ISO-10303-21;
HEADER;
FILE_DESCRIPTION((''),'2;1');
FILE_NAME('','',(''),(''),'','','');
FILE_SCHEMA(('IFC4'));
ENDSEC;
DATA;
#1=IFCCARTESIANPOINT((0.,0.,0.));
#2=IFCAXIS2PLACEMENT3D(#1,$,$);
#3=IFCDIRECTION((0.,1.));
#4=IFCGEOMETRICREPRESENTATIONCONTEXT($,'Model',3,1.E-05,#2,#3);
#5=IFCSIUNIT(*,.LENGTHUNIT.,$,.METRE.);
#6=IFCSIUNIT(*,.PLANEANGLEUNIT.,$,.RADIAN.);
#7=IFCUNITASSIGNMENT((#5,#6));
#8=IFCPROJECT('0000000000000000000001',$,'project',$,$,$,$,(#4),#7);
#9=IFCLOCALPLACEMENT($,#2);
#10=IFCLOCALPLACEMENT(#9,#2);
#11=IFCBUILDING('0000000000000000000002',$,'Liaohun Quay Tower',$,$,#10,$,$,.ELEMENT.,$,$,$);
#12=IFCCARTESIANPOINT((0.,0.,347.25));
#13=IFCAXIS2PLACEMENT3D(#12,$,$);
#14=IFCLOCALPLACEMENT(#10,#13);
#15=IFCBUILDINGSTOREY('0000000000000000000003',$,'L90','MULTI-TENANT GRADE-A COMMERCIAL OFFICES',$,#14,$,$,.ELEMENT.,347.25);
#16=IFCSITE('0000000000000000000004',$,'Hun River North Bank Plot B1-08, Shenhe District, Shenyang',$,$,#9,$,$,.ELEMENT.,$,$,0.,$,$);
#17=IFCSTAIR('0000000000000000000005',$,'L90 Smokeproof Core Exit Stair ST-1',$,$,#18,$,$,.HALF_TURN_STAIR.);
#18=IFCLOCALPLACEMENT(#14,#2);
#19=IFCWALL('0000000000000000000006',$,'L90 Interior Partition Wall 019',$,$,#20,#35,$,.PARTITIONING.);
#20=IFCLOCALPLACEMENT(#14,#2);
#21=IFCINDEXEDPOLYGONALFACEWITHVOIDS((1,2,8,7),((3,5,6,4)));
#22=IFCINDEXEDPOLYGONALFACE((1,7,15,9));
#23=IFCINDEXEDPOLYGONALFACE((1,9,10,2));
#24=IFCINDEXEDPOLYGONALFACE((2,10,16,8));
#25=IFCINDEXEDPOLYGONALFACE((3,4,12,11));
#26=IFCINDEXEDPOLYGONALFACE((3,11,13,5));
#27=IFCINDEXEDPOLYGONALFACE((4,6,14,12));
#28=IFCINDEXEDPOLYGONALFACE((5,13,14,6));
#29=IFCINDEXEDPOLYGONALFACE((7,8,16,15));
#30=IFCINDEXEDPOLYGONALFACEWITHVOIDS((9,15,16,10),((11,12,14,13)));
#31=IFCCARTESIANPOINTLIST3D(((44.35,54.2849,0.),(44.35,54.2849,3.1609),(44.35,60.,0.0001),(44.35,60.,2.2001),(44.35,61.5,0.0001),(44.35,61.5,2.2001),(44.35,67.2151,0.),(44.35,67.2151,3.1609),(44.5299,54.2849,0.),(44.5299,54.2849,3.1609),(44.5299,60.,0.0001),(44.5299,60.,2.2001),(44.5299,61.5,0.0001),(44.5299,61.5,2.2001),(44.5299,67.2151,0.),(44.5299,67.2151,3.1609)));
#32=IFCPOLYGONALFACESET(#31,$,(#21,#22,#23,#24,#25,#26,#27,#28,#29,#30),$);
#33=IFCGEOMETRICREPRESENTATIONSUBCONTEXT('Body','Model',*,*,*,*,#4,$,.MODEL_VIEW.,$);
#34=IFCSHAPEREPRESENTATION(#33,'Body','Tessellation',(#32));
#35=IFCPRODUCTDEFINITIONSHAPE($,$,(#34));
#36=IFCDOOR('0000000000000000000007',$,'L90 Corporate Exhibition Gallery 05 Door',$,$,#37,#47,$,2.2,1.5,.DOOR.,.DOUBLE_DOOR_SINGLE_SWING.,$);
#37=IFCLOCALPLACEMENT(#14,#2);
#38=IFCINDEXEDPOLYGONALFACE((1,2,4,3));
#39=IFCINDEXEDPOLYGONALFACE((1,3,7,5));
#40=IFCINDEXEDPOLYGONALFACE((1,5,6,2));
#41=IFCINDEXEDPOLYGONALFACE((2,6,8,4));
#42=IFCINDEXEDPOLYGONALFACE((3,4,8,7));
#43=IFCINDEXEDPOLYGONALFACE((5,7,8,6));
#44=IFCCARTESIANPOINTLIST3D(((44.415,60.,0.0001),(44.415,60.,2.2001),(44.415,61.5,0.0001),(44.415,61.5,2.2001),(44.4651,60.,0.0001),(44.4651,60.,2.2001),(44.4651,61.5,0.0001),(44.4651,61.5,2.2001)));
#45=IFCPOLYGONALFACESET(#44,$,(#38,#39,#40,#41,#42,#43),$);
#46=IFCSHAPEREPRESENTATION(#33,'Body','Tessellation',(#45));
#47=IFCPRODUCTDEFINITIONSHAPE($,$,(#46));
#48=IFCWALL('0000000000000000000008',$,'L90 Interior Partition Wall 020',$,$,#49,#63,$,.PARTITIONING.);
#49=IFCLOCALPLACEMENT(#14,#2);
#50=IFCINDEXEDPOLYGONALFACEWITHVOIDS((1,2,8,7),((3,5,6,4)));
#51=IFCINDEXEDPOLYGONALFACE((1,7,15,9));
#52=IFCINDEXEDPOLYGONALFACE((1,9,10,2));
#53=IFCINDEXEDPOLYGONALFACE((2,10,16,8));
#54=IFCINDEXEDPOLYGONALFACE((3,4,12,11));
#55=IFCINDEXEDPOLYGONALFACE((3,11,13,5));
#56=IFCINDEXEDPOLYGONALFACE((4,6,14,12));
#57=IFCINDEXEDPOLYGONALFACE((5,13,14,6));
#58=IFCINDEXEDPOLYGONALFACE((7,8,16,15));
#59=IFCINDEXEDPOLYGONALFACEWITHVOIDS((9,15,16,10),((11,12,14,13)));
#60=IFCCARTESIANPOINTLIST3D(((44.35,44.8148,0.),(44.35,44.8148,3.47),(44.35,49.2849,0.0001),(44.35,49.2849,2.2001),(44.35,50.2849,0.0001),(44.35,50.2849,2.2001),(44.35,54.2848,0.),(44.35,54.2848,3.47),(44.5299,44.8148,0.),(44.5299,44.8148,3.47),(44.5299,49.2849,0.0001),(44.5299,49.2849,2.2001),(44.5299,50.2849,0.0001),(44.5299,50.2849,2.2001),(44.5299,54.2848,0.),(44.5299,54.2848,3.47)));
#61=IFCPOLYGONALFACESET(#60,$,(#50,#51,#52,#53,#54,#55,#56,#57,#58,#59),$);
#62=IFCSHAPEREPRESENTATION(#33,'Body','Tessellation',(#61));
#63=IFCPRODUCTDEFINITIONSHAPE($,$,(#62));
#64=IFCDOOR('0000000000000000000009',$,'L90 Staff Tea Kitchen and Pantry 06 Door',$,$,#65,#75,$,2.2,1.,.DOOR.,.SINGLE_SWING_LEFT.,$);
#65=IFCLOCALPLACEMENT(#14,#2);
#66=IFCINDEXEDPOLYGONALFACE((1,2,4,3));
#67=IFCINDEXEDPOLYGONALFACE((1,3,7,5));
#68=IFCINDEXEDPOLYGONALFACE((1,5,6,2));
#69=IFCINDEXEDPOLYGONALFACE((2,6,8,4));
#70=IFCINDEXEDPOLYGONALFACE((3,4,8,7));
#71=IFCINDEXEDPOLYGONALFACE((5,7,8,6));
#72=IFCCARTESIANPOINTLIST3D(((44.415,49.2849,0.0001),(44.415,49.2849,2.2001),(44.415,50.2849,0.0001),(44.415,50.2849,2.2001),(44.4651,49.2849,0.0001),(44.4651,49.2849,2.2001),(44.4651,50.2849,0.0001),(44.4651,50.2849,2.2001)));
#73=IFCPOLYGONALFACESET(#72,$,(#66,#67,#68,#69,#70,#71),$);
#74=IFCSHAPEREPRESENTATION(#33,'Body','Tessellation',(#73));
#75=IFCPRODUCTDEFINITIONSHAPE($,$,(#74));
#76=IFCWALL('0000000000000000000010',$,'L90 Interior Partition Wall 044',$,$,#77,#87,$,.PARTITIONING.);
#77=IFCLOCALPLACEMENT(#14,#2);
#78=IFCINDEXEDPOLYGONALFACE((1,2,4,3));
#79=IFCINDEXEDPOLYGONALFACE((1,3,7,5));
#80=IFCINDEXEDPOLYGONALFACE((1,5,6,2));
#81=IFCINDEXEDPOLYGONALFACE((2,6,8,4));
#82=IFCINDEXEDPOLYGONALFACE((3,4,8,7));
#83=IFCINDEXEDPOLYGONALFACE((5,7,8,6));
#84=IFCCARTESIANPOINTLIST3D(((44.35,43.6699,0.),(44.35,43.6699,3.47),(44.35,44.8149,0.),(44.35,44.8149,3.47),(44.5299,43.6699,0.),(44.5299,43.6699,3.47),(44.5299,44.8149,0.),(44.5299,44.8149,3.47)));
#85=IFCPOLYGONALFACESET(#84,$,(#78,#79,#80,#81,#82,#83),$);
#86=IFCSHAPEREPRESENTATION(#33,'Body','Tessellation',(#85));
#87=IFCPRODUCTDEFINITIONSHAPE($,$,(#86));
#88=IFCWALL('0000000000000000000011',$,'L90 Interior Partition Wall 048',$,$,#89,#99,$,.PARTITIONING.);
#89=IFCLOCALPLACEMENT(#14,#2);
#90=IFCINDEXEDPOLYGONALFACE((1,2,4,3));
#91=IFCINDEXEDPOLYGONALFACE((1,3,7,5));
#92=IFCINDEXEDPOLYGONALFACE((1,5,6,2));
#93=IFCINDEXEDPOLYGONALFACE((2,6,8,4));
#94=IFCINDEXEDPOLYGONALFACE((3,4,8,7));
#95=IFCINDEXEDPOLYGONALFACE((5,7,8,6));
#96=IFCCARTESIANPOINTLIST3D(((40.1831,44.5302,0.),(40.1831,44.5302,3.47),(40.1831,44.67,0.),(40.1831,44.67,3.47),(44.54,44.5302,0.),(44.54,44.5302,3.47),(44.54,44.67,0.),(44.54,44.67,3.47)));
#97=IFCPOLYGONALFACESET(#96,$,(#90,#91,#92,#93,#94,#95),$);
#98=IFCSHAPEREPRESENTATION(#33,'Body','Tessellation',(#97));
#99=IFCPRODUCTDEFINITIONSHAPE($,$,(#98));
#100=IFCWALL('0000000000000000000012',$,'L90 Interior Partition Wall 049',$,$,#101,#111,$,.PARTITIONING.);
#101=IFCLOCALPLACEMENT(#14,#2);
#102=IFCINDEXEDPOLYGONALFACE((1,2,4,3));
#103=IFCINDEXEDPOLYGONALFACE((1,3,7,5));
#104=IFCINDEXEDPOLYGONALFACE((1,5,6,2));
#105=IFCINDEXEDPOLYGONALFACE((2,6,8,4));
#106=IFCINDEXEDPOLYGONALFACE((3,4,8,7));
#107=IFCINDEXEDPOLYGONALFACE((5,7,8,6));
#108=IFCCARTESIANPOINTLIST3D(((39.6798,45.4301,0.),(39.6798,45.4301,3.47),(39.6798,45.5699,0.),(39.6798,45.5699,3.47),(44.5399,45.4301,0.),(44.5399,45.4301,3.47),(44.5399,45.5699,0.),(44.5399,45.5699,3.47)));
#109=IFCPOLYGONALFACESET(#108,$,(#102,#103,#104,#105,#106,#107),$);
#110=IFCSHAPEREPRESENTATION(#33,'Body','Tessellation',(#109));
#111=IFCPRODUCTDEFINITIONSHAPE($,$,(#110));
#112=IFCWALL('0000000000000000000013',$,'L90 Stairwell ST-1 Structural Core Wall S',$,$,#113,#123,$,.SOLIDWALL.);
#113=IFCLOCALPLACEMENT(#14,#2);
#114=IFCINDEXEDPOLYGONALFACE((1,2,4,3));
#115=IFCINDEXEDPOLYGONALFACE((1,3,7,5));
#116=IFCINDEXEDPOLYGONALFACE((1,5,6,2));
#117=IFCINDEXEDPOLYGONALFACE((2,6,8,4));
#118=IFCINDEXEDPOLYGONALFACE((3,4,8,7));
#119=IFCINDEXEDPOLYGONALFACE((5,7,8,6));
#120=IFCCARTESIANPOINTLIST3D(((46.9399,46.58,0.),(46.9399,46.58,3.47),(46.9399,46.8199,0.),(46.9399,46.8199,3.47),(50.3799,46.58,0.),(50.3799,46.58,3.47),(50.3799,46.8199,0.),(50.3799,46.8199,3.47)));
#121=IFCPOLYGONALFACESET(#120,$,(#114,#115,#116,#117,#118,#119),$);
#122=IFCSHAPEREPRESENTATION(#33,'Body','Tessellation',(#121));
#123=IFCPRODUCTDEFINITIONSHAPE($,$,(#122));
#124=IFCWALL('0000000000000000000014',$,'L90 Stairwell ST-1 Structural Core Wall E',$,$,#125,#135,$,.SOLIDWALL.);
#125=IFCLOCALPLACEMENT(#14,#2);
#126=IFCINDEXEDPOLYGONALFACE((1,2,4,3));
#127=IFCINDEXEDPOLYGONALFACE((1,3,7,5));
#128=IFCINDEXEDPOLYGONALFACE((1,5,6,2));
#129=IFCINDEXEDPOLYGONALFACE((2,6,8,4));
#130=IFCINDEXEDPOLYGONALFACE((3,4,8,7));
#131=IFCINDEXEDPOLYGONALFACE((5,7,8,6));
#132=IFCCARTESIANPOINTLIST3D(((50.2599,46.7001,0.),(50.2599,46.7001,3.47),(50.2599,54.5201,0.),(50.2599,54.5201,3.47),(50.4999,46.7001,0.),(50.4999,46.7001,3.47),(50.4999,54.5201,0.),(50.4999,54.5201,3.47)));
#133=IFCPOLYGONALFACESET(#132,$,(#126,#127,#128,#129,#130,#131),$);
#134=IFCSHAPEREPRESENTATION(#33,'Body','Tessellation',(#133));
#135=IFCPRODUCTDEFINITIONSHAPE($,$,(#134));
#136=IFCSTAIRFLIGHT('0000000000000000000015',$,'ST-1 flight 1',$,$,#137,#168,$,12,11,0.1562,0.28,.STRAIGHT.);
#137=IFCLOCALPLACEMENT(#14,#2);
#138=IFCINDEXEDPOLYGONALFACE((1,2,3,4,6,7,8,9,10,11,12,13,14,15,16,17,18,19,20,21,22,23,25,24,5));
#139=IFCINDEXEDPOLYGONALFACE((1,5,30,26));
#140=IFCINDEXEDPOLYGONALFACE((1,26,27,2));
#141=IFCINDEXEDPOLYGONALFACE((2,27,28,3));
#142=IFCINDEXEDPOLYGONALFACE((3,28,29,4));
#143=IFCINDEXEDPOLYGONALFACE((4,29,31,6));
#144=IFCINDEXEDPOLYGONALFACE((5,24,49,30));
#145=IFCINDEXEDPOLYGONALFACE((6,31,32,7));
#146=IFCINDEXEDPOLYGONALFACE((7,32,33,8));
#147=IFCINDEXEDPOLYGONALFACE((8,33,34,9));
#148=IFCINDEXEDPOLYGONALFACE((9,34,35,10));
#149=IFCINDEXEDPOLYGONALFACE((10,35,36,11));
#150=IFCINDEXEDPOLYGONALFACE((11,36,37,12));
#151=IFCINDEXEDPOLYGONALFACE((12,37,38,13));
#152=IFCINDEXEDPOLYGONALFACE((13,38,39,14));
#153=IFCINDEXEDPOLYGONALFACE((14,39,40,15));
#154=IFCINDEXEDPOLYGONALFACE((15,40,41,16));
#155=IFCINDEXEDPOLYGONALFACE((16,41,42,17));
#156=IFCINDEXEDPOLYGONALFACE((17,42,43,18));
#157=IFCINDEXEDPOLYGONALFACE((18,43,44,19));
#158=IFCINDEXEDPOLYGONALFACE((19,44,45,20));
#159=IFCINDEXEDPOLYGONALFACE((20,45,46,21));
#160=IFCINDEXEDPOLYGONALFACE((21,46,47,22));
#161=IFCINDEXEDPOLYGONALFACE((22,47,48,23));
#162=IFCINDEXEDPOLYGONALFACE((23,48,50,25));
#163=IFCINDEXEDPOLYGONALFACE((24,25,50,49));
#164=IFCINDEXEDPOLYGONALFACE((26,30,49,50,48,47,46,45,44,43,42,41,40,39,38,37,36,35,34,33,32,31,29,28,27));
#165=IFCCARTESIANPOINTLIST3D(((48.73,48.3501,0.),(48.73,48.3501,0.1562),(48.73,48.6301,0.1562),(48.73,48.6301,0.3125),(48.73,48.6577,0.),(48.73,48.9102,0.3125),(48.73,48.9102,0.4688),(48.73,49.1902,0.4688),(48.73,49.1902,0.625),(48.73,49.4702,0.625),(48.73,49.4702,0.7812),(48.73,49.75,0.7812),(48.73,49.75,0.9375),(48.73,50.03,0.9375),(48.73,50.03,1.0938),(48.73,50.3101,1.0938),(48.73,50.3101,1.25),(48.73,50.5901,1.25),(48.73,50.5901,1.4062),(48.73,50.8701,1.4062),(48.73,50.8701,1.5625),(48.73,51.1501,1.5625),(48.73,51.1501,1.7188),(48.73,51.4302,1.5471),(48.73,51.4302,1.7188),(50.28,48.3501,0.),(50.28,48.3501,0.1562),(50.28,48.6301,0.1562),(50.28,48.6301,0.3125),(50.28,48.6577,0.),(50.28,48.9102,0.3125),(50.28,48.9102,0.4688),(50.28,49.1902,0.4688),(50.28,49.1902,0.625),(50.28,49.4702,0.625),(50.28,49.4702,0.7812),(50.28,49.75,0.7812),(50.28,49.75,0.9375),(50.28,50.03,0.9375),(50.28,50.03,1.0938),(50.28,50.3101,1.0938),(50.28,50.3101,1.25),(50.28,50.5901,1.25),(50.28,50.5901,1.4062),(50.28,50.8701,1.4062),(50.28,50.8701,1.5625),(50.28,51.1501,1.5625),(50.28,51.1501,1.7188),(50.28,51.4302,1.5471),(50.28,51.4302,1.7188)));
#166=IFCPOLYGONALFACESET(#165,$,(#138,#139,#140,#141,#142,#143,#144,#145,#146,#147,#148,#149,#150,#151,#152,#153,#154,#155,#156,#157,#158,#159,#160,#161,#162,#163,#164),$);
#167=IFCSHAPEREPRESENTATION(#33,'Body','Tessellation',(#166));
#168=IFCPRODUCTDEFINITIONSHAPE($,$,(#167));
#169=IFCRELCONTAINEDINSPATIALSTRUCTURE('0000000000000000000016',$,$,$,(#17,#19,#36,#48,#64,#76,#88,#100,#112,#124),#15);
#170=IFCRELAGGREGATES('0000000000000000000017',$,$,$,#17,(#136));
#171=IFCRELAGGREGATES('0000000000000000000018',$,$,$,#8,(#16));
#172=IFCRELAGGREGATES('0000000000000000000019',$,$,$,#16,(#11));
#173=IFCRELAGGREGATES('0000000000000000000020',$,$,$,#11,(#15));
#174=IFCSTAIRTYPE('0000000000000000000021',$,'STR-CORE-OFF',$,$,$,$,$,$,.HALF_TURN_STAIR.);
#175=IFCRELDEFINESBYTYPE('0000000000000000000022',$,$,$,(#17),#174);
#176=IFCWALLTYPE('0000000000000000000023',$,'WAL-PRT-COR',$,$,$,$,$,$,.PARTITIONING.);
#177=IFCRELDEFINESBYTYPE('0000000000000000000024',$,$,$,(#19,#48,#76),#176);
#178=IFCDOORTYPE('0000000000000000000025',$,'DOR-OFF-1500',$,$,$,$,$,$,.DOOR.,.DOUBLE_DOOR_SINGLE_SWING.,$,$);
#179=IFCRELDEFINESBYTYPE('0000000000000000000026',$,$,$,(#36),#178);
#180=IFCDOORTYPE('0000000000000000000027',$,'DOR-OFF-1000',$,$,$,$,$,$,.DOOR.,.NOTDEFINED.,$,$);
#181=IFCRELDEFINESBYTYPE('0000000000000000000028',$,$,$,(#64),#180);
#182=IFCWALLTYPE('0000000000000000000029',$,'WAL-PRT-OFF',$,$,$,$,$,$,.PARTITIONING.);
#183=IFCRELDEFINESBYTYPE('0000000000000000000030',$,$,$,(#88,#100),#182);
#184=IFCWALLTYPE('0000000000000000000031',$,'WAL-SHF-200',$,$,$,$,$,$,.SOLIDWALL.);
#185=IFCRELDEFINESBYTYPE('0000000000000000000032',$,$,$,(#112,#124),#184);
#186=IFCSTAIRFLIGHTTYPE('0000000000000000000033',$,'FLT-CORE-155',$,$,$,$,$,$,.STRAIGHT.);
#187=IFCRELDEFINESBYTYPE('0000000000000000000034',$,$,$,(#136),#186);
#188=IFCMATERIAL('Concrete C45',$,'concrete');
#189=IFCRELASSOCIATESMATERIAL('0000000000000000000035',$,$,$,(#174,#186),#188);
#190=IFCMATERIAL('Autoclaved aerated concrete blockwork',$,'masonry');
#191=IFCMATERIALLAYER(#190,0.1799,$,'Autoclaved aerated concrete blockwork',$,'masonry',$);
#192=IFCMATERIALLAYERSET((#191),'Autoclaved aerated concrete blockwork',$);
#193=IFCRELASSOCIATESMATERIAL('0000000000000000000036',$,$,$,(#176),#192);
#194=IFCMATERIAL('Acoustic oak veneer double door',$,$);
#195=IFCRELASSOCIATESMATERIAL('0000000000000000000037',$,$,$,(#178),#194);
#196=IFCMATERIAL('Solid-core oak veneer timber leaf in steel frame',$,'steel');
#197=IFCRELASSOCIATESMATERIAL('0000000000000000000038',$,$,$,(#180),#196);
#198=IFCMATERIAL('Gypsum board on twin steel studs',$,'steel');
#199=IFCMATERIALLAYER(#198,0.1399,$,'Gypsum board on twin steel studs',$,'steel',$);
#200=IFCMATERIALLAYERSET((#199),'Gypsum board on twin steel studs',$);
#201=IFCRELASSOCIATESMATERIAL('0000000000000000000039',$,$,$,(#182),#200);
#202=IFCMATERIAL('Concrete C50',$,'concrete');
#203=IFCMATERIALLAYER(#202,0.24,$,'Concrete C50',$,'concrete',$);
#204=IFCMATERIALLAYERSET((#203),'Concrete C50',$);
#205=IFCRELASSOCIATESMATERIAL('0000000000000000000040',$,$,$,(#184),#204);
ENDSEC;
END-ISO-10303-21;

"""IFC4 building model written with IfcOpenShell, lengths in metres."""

from ifc_helpers import new_model, si_unit, direction, frame, frame_2d, origin, place, context, subcontext, project, spatial, polyline, rectangle, outline, extrude, source, transform, mapped, material, layer, layer_set, type_object, element, fill, aggregate, save


model = new_model("IFC4")

# Units and contexts
model_context = context("Model", 3, precision=1e-05, world=origin(), true_north=direction((0.0, 1.0)))
body_context = subcontext(model_context, "Body", "Model", "MODEL_VIEW")
ifc_project = project(units=[si_unit("LENGTHUNIT", "METRE"), si_unit("PLANEANGLEUNIT", "RADIAN")], contexts=[model_context])

# Site, building, storey
site_placement = place(None, origin())
site = spatial("IfcSite", under=ifc_project, at=site_placement, Name="Hun River North Bank Plot B1-08, Shenhe District, Shenyang", CompositionType="ELEMENT", RefElevation=0.0)
building_placement = place(site_placement, origin())
building = spatial("IfcBuilding", under=site, at=building_placement, Name="Liaohun Quay Tower", CompositionType="ELEMENT")
storey_placement = place(building_placement, frame((0.0, 0.0, 347.25)))
storey = spatial("IfcBuildingStorey", under=building, at=storey_placement, Name="L90", Description="MULTI-TENANT GRADE-A COMMERCIAL OFFICES", CompositionType="ELEMENT", Elevation=347.25)

# Shared definitions
ifc_material_1 = material(Name="Concrete C50", Category="concrete")

# Stair
ifc_material_2 = material(Name="Concrete C45", Category="concrete")
stair_type = type_object("IfcStairType", Name="STR-CORE-OFF", PredefinedType="HALF_TURN_STAIR", material=ifc_material_2)
stair_1_placement = place(storey_placement, origin())
stair_1 = element("IfcStair", 1, at=stair_1_placement, inside=storey, type_object=stair_type, Name="L90 Smokeproof Core Exit Stair ST-1", PredefinedType="HALF_TURN_STAIR")

# Walls, openings, doors
ifc_material_3 = material(Name="Autoclaved aerated concrete blockwork", Category="masonry")
ifc_layer_1 = layer(ifc_material_3, 0.1799, Name="Autoclaved aerated concrete blockwork", Category="masonry")
ifc_layer_set_1 = layer_set([ifc_layer_1], Name="Autoclaved aerated concrete blockwork")
wall_type_1 = type_object("IfcWallType", Name="WAL-PRT-COR", PredefinedType="PARTITIONING", material=ifc_layer_set_1)
wall_1_placement = place(storey_placement, frame((44.4399, 54.2849, 0.0), z_axis=(0.0, 0.0, 1.0), x_axis=(0.0, 1.0, 0.0)))
wall_1 = element("IfcWall", 2, at=wall_1_placement, inside=storey, type_object=wall_type_1, Name="L90 Interior Partition Wall 019", PredefinedType="PARTITIONING", context=body_context, shape_type="SweptSolid", body=[
    extrude(rectangle(XDim=12.9302, YDim=0.1799, at=frame_2d((6.4651, 0.0))), origin(), (0.0, 0.0, 1.0), 3.1609),
])
shared_shape_1 = source(origin(), body_context, "Body", "SweptSolid", [
    extrude(rectangle(XDim=1.5, YDim=2.2, at=frame_2d((0.75, 1.1001))), frame((0.0, 0.0999, 0.0), z_axis=(0.0, -1.0, 0.0), x_axis=(1.0, 0.0, 0.0)), (0.0, 0.0, 1.0), 0.2),
])
opening_1_placement = place(wall_1_placement, frame((5.7151, 0.0, 0.0)))
opening_1 = element("IfcOpeningElement", 3, at=opening_1_placement, cuts=wall_1, PredefinedType="OPENING", context=body_context, shape_type="MappedRepresentation", body=[
    mapped(shared_shape_1, transform((0.0, 0.0, 0.0), x_axis=(1.0, 0.0, 0.0), y_axis=(0.0, 1.0, 0.0), z_axis=(0.0, 0.0, 1.0), scale=1.0)),
])
ifc_material_4 = material(Name="Acoustic oak veneer double door")
door_type_1 = type_object("IfcDoorType", Name="DOR-OFF-1500", OperationType="DOUBLE_DOOR_SINGLE_SWING", PredefinedType="DOOR", material=ifc_material_4)
shared_shape_2 = source(origin(), body_context, "Body", "SweptSolid", [
    extrude(rectangle(XDim=1.5, YDim=2.2, at=frame_2d((0.75, 1.1001))), frame((0.0, 0.0249, 0.0), z_axis=(0.0, -1.0, 0.0), x_axis=(1.0, 0.0, 0.0)), (0.0, 0.0, 1.0), 0.05),
])
door_1_placement = place(opening_1_placement, origin())
door_1 = element("IfcDoor", 4, at=door_1_placement, inside=storey, type_object=door_type_1, Name="L90 Corporate Exhibition Gallery 05 Door", OperationType="DOUBLE_DOOR_SINGLE_SWING", OverallHeight=2.2, OverallWidth=1.5, PredefinedType="DOOR", context=body_context, shape_type="MappedRepresentation", body=[
    mapped(shared_shape_2, transform((0.0, 0.0, 0.0), x_axis=(1.0, 0.0, 0.0), y_axis=(0.0, 1.0, 0.0), z_axis=(0.0, 0.0, 1.0), scale=1.0)),
])
fill(opening_1, door_1)
wall_2_placement = place(storey_placement, frame((44.4399, 44.8149, 0.0), z_axis=(0.0, 0.0, 1.0), x_axis=(0.0, 1.0, 0.0)))
wall_2 = element("IfcWall", 5, at=wall_2_placement, inside=storey, type_object=wall_type_1, Name="L90 Interior Partition Wall 020", PredefinedType="PARTITIONING", context=body_context, shape_type="SweptSolid", body=[
    extrude(rectangle(XDim=9.47, YDim=0.1799, at=frame_2d((4.7349, 0.0))), origin(), (0.0, 0.0, 1.0), 3.47),
])
shared_shape_3 = source(origin(), body_context, "Body", "SweptSolid", [
    extrude(rectangle(XDim=1.0, YDim=2.2, at=frame_2d((0.5, 1.1001))), frame((0.0, 0.0999, 0.0), z_axis=(0.0, -1.0, 0.0), x_axis=(1.0, 0.0, 0.0)), (0.0, 0.0, 1.0), 0.2),
])
opening_2_placement = place(wall_2_placement, frame((4.47, 0.0, 0.0)))
opening_2 = element("IfcOpeningElement", 6, at=opening_2_placement, cuts=wall_2, PredefinedType="OPENING", context=body_context, shape_type="MappedRepresentation", body=[
    mapped(shared_shape_3, transform((0.0, 0.0, 0.0), x_axis=(1.0, 0.0, 0.0), y_axis=(0.0, 1.0, 0.0), z_axis=(0.0, 0.0, 1.0), scale=1.0)),
])
ifc_material_5 = material(Name="Solid-core oak veneer timber leaf in steel frame", Category="steel")
door_type_2 = type_object("IfcDoorType", Name="DOR-OFF-1000", OperationType="NOTDEFINED", PredefinedType="DOOR", material=ifc_material_5)
shared_shape_4 = source(origin(), body_context, "Body", "SweptSolid", [
    extrude(rectangle(XDim=1.0, YDim=2.2, at=frame_2d((0.5, 1.1001))), frame((0.0, 0.0249, 0.0), z_axis=(0.0, -1.0, 0.0), x_axis=(1.0, 0.0, 0.0)), (0.0, 0.0, 1.0), 0.05),
])
door_2_placement = place(opening_2_placement, origin())
door_2 = element("IfcDoor", 7, at=door_2_placement, inside=storey, type_object=door_type_2, Name="L90 Staff Tea Kitchen and Pantry 06 Door", OperationType="SINGLE_SWING_LEFT", OverallHeight=2.2, OverallWidth=1.0, PredefinedType="DOOR", context=body_context, shape_type="MappedRepresentation", body=[
    mapped(shared_shape_4, transform((0.0, 0.0, 0.0), x_axis=(1.0, 0.0, 0.0), y_axis=(0.0, 1.0, 0.0), z_axis=(0.0, 0.0, 1.0), scale=1.0)),
])
fill(opening_2, door_2)

# Walls
wall_3_placement = place(storey_placement, frame((44.4399, 43.6699, 0.0), z_axis=(0.0, 0.0, 1.0), x_axis=(0.0, 1.0, 0.0)))
element("IfcWall", 8, at=wall_3_placement, inside=storey, type_object=wall_type_1, Name="L90 Interior Partition Wall 044", PredefinedType="PARTITIONING", context=body_context, shape_type="SweptSolid", body=[
    extrude(rectangle(XDim=1.145, YDim=0.1799, at=frame_2d((0.5725, 0.0))), origin(), (0.0, 0.0, 1.0), 3.47),
])
ifc_material_6 = material(Name="Gypsum board on twin steel studs", Category="steel")
ifc_layer_2 = layer(ifc_material_6, 0.1399, Name="Gypsum board on twin steel studs", Category="steel")
ifc_layer_set_2 = layer_set([ifc_layer_2], Name="Gypsum board on twin steel studs")
wall_type_2 = type_object("IfcWallType", Name="WAL-PRT-OFF", PredefinedType="PARTITIONING", material=ifc_layer_set_2)
wall_4_placement = place(storey_placement, frame((44.54, 44.6001, 0.0), z_axis=(0.0, 0.0, 1.0), x_axis=(-1.0, 0.0, 0.0)))
element("IfcWall", 9, at=wall_4_placement, inside=storey, type_object=wall_type_2, Name="L90 Interior Partition Wall 048", PredefinedType="PARTITIONING", context=body_context, shape_type="SweptSolid", body=[
    extrude(rectangle(XDim=4.3569, YDim=0.1399, at=frame_2d((2.1785, 0.0))), origin(), (0.0, 0.0, 1.0), 3.47),
])
wall_5_placement = place(storey_placement, frame((44.54, 45.5, 0.0), z_axis=(0.0, 0.0, 1.0), x_axis=(-1.0, 0.0, 0.0)))
element("IfcWall", 10, at=wall_5_placement, inside=storey, type_object=wall_type_2, Name="L90 Interior Partition Wall 049", PredefinedType="PARTITIONING", context=body_context, shape_type="SweptSolid", body=[
    extrude(rectangle(XDim=4.8601, YDim=0.1399, at=frame_2d((2.4302, 0.0))), origin(), (0.0, 0.0, 1.0), 3.47),
])
ifc_layer_3 = layer(ifc_material_1, 0.24, Name="Concrete C50", Category="concrete")
ifc_layer_set_3 = layer_set([ifc_layer_3], Name="Concrete C50")
wall_type_3 = type_object("IfcWallType", Name="WAL-SHF-200", PredefinedType="SOLIDWALL", material=ifc_layer_set_3)
wall_6_placement = place(storey_placement, frame((46.9399, 46.7, 0.0), z_axis=(0.0, 0.0, 1.0), x_axis=(1.0, 0.0, 0.0)))
element("IfcWall", 11, at=wall_6_placement, inside=storey, type_object=wall_type_3, Name="L90 Stairwell ST-1 Structural Core Wall S", PredefinedType="SOLIDWALL", context=body_context, shape_type="SweptSolid", body=[
    extrude(rectangle(XDim=3.4399, YDim=0.24, at=frame_2d((1.72, 0.0))), origin(), (0.0, 0.0, 1.0), 3.47),
])
wall_7_placement = place(storey_placement, frame((50.3799, 46.7, 0.0), z_axis=(0.0, 0.0, 1.0), x_axis=(0.0, 1.0, 0.0)))
element("IfcWall", 12, at=wall_7_placement, inside=storey, type_object=wall_type_3, Name="L90 Stairwell ST-1 Structural Core Wall E", PredefinedType="SOLIDWALL", context=body_context, shape_type="SweptSolid", body=[
    extrude(rectangle(XDim=7.8201, YDim=0.24, at=frame_2d((3.9102, 0.0))), origin(), (0.0, 0.0, 1.0), 3.47),
])

# Stair flight
stair_flight_type = type_object("IfcStairFlightType", Name="FLT-CORE-155", PredefinedType="STRAIGHT", material=ifc_material_2)
stair_flight_1_placement = place(storey_placement, frame((49.5049, 48.3501, 0.0), z_axis=(0.0, 0.0, 1.0), x_axis=(0.0, 1.0, 0.0)))
stair_flight_1 = element("IfcStairFlight", 13, at=stair_flight_1_placement, type_object=stair_flight_type, Name="ST-1 flight 1", NumberOfRisers=12, NumberOfTreads=11, PredefinedType="STRAIGHT", RiserHeight=0.1562, TreadLength=0.28, context=body_context, shape_type="SweptSolid", body=[
    extrude(outline(polyline([(0.0, 0.0), (0.0, 0.1562), (0.28, 0.1562), (0.28, 0.3125), (0.5601, 0.3125), (0.5601, 0.4688), (0.8401, 0.4688), (0.8401, 0.625), (1.1201, 0.625), (1.1201, 0.7812), (1.3999, 0.7812), (1.3999, 0.9375), (1.6799, 0.9375), (1.6799, 1.0938), (1.96, 1.0938), (1.96, 1.25), (2.24, 1.25), (2.24, 1.4062), (2.52, 1.4062), (2.52, 1.5625), (2.8, 1.5625), (2.8, 1.7188), (3.0801, 1.7188), (3.0801, 1.875), (3.0801, 1.5471), (0.3076, 0.0), (0.0, 0.0)])), frame((0.0, 0.7749, 0.0), z_axis=(0.0, -1.0, 0.0), x_axis=(1.0, 0.0, 0.0)), (0.0, 0.0, 1.0), 1.55),
])
aggregate(stair_1, [stair_flight_1])

save(model, "model.ifc")
